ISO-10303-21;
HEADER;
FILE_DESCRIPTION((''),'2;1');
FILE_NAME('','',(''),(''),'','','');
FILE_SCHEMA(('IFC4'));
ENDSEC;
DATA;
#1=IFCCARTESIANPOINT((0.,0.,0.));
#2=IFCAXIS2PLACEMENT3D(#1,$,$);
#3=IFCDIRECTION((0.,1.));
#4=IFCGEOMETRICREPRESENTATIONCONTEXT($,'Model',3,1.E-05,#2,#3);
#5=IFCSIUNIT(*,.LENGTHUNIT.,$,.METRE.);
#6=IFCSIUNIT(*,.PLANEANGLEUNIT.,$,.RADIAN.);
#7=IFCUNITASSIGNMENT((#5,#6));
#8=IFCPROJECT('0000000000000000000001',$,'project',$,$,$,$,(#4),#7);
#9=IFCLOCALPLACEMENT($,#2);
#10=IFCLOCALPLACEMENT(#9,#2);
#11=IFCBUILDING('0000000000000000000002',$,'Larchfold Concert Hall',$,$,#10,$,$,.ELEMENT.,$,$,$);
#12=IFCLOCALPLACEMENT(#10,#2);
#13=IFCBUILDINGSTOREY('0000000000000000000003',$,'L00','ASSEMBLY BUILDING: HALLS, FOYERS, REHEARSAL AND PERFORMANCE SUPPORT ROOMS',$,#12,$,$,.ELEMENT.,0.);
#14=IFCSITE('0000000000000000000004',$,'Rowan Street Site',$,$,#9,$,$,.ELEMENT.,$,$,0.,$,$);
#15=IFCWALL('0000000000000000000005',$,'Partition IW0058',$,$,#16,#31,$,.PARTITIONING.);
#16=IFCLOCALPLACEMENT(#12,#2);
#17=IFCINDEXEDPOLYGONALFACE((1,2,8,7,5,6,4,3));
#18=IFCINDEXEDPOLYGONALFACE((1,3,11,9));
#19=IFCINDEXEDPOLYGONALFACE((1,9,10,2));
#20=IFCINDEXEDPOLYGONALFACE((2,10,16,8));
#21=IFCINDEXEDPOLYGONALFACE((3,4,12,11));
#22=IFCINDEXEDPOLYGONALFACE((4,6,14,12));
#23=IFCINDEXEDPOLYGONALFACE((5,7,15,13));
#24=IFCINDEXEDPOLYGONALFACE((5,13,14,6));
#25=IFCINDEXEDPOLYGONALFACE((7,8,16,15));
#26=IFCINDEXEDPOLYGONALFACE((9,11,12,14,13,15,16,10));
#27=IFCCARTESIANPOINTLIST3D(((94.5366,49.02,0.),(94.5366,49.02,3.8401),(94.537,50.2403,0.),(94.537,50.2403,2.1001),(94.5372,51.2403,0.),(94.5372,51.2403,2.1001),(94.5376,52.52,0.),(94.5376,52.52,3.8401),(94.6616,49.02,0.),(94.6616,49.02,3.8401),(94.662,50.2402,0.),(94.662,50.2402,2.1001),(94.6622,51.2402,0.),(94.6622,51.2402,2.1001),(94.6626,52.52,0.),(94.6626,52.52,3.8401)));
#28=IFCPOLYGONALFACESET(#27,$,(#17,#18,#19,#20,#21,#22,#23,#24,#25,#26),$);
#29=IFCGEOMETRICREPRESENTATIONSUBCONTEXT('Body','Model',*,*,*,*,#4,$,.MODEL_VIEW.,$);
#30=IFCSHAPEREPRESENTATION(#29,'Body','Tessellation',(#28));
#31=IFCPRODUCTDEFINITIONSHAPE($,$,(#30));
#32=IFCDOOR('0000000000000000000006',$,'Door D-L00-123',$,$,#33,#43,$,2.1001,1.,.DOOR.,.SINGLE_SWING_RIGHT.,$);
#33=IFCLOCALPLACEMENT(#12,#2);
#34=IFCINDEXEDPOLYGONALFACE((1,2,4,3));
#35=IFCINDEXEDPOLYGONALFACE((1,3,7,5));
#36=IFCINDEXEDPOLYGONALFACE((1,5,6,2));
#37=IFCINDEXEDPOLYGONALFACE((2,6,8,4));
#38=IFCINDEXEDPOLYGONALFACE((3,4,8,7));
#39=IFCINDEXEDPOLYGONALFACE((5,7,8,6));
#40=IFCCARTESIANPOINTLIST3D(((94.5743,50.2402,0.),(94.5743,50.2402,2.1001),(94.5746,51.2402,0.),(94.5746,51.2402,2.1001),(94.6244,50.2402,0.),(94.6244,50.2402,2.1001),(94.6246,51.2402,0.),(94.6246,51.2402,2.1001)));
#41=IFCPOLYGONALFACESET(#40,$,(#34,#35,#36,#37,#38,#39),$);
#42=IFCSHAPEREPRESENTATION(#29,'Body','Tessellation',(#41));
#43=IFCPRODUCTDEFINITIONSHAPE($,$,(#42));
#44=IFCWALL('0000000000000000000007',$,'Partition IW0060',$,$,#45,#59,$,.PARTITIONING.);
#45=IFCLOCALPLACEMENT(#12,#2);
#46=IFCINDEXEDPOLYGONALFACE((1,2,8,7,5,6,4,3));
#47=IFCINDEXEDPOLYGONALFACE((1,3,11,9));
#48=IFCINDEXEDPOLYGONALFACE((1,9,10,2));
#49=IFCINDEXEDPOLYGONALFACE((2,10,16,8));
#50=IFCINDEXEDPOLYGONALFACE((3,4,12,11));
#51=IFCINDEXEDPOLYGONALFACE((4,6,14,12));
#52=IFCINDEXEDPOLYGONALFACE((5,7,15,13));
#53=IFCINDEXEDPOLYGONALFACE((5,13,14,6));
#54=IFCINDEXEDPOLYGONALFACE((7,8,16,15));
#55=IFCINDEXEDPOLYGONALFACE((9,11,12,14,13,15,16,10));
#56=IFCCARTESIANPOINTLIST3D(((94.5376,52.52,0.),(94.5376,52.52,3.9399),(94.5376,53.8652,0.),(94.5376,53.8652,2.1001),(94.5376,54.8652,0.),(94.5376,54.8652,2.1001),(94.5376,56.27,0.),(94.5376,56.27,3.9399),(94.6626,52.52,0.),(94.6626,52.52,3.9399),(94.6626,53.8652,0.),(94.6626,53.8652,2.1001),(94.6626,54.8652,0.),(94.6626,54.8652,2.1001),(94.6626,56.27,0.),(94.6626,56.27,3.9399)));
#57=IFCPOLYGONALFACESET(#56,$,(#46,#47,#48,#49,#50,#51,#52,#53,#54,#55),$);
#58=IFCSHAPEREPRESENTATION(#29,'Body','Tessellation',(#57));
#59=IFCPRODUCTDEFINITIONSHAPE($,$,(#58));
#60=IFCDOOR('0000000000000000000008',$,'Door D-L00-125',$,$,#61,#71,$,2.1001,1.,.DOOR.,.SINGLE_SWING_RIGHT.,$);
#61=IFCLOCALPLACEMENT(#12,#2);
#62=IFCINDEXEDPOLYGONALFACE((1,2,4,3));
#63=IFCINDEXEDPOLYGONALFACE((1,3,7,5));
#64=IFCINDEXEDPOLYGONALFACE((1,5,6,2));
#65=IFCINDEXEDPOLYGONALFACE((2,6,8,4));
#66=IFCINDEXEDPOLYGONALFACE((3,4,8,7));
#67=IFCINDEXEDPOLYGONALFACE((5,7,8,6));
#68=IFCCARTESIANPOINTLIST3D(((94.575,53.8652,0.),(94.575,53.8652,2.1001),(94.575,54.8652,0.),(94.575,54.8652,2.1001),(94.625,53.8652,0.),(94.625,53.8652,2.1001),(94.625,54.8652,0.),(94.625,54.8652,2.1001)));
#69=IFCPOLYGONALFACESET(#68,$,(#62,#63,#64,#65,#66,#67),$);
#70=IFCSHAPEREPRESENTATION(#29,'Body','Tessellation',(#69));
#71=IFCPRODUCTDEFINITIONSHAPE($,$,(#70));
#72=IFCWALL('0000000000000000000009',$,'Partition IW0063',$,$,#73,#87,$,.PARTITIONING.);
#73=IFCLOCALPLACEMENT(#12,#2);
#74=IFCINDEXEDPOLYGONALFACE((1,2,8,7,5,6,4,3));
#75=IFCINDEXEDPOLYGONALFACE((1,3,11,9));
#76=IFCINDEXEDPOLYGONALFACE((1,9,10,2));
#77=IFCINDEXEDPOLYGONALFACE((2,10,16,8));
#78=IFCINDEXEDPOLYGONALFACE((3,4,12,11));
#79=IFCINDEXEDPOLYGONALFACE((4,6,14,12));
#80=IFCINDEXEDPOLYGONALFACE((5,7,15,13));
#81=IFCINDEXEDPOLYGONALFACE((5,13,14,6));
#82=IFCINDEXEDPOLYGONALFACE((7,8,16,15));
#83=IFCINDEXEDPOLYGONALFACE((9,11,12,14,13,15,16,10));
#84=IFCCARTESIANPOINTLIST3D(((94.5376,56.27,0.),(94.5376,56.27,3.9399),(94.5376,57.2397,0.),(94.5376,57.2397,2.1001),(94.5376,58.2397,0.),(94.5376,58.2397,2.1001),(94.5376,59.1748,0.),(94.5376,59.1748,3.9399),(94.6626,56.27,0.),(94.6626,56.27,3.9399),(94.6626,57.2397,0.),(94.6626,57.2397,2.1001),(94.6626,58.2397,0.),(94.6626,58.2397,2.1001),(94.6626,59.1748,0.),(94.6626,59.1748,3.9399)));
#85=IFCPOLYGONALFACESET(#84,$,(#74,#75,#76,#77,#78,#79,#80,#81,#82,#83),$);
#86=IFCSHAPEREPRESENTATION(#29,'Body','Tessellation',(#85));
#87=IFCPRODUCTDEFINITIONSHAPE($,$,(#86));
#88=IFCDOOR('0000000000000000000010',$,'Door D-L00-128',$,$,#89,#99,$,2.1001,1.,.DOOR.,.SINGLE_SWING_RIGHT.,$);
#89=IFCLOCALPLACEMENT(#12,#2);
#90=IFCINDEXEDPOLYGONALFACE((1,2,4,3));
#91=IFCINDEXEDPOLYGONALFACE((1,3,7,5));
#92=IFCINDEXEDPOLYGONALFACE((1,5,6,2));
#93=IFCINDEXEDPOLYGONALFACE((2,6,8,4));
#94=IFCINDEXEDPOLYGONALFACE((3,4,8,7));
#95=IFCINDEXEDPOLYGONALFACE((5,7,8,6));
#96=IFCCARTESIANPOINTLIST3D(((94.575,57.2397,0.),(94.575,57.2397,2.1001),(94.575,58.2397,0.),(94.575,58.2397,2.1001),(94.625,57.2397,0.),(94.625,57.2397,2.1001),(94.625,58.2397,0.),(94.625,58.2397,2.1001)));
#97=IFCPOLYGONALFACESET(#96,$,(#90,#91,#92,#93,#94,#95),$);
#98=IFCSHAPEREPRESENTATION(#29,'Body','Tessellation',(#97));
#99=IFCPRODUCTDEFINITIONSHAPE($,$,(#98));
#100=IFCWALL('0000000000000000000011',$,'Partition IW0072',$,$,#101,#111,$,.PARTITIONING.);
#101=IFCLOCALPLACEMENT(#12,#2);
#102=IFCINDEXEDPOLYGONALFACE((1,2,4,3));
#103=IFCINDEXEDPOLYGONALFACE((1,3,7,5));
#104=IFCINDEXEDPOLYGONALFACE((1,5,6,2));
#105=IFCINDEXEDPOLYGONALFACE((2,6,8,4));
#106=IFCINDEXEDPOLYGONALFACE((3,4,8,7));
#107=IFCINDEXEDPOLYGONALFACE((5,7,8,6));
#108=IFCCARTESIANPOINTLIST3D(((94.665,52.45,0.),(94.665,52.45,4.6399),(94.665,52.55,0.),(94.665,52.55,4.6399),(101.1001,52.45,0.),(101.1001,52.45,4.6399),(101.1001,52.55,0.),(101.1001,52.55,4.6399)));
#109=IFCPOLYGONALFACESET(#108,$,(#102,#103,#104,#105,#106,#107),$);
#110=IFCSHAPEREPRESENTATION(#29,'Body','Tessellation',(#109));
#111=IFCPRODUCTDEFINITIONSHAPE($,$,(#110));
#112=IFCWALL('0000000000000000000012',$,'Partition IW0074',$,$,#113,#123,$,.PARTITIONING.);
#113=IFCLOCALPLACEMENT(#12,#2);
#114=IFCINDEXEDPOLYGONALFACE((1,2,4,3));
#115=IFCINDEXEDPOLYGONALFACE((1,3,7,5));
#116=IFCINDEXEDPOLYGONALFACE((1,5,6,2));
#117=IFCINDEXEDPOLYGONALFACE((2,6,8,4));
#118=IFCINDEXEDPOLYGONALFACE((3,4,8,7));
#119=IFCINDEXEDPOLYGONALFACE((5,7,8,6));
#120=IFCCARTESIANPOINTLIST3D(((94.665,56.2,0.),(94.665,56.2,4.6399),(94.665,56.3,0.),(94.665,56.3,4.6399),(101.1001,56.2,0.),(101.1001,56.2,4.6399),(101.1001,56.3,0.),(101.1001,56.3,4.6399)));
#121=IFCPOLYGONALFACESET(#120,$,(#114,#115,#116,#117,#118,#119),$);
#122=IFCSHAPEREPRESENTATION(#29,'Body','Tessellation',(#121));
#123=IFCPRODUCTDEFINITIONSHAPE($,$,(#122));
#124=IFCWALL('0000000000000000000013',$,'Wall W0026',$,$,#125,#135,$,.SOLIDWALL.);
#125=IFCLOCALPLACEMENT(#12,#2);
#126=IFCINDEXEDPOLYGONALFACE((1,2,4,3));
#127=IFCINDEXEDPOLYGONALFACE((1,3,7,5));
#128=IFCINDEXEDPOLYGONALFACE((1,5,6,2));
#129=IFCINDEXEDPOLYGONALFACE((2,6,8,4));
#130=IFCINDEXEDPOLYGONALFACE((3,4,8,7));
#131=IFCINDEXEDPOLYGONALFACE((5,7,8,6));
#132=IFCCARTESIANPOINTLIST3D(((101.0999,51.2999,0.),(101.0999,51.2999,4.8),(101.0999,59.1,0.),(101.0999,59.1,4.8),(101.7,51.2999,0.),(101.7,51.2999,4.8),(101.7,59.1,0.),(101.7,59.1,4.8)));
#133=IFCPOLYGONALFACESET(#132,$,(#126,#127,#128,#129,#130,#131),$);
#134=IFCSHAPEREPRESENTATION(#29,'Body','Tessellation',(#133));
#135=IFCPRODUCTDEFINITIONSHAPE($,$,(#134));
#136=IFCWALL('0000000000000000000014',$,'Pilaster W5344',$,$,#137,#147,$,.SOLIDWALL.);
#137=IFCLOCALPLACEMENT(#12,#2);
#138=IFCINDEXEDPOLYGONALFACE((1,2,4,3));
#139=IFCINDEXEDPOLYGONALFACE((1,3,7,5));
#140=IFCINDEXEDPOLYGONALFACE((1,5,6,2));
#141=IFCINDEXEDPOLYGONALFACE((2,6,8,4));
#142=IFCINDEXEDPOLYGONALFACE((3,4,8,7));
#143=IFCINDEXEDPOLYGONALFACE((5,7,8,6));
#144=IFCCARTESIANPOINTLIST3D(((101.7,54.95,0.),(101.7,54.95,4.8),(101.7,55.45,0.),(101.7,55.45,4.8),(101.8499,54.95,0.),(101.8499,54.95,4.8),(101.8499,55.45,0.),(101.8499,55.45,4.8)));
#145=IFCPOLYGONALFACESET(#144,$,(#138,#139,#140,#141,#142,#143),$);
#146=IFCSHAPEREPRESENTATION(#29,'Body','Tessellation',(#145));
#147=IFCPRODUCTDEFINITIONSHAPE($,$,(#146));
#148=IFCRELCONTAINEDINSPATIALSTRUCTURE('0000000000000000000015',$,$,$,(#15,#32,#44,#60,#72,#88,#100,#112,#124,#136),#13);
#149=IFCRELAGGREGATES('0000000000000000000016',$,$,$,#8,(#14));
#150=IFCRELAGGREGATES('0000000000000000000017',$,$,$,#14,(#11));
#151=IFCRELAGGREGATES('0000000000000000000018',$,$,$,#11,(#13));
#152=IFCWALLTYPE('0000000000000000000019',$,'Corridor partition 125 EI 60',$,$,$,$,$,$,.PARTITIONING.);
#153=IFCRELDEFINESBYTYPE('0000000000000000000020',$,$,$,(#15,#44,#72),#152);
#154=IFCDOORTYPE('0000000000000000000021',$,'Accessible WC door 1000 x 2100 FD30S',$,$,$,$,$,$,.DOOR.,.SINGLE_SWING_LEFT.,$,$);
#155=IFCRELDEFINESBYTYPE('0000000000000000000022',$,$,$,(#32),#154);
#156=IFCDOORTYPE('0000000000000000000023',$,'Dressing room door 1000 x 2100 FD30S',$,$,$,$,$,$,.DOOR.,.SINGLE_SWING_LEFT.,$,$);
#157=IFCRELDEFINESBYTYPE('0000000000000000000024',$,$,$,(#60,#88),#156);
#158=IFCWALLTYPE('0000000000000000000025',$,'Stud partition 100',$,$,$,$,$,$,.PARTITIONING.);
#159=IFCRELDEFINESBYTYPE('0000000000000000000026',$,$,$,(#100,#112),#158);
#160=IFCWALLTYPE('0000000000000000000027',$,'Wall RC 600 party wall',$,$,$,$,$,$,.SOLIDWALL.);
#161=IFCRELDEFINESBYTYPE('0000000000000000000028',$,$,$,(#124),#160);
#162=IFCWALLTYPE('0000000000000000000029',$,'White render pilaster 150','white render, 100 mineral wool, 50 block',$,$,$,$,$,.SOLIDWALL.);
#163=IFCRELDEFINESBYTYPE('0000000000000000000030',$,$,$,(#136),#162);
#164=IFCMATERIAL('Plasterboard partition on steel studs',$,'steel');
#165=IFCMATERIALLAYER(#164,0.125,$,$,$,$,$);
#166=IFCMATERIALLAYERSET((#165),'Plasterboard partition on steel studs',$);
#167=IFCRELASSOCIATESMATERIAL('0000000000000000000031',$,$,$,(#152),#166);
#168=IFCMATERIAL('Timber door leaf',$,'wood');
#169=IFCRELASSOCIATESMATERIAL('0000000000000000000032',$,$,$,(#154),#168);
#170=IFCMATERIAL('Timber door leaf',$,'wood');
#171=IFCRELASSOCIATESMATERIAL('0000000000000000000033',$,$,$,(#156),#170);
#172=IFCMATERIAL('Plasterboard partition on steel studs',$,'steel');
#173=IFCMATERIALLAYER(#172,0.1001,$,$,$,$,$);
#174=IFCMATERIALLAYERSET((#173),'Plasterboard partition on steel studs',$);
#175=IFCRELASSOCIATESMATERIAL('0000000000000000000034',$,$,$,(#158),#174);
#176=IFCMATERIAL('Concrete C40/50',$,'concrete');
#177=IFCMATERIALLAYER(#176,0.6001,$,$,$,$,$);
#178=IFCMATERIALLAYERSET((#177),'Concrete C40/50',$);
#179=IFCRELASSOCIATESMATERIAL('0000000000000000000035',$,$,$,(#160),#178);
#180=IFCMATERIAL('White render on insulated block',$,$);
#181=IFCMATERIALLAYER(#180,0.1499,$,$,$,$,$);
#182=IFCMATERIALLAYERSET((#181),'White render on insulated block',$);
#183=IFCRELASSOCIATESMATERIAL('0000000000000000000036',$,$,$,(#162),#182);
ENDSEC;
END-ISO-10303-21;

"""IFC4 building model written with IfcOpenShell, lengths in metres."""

from ifc_helpers import new_model, si_unit, direction, frame, frame_2d, origin, place, context, subcontext, project, spatial, rectangle, extrude, material, layer, layer_set, type_object, element, fill, save


model = new_model("IFC4")

# Units and contexts
model_context = context("Model", 3, precision=1e-05, world=origin(), true_north=direction((0.0, 1.0)))
body_context = subcontext(model_context, "Body", "Model", "MODEL_VIEW")
ifc_project = project(units=[si_unit("LENGTHUNIT", "METRE"), si_unit("PLANEANGLEUNIT", "RADIAN")], contexts=[model_context])

# Site, building, storey
site_placement = place(None, origin())
site = spatial("IfcSite", under=ifc_project, at=site_placement, Name="Rowan Street Site", CompositionType="ELEMENT", RefElevation=0.0)
building_placement = place(site_placement, origin())
building = spatial("IfcBuilding", under=site, at=building_placement, Name="Larchfold Concert Hall", CompositionType="ELEMENT")
storey_placement = place(building_placement, origin())
storey = spatial("IfcBuildingStorey", under=building, at=storey_placement, Name="L00", Description="ASSEMBLY BUILDING: HALLS, FOYERS, REHEARSAL AND PERFORMANCE SUPPORT ROOMS", CompositionType="ELEMENT", Elevation=0.0)

# Walls, openings, doors
ifc_material_1 = material(Name="Plasterboard partition on steel studs", Category="steel")
ifc_layer_1 = layer(ifc_material_1, 0.125)
ifc_layer_set_1 = layer_set([ifc_layer_1], Name="Plasterboard partition on steel studs")
wall_type_1 = type_object("IfcWallType", Name="Corridor partition 125 EI 60", PredefinedType="PARTITIONING", material=ifc_layer_set_1)
wall_1_placement = place(storey_placement, frame((94.6001, 52.52, 0.0), z_axis=(0.0, 0.0, 1.0), x_axis=(-0.000279, -1.0, 0.0)))
wall_1 = element("IfcWall", 1, at=wall_1_placement, inside=storey, type_object=wall_type_1, Name="Partition IW0058", PredefinedType="PARTITIONING", context=body_context, shape_type="SweptSolid", body=[
    extrude(rectangle(XDim=3.5, YDim=0.125, at=frame_2d((1.75, 0.0))), origin(), (0.0, 0.0, 1.0), 3.8401),
])
opening_1_placement = place(wall_1_placement, frame((1.2798, 0.0, 0.0)))
opening_1 = element("IfcOpeningElement", 2, at=opening_1_placement, cuts=wall_1, PredefinedType="OPENING", context=body_context, shape_type="SweptSolid", body=[
    extrude(rectangle(XDim=1.0, YDim=2.1001, at=frame_2d((0.5, 1.05))), frame((0.0, 0.0725, 0.0), z_axis=(0.0, -1.0, 0.0), x_axis=(1.0, 0.0, 0.0)), (0.0, 0.0, 1.0), 0.145),
])
ifc_material_2 = material(Name="Timber door leaf", Category="wood")
door_type_1 = type_object("IfcDoorType", Name="Accessible WC door 1000 x 2100 FD30S", OperationType="SINGLE_SWING_LEFT", PredefinedType="DOOR", material=ifc_material_2)
door_1_placement = place(opening_1_placement, origin())
door_1 = element("IfcDoor", 3, at=door_1_placement, inside=storey, type_object=door_type_1, Name="Door D-L00-123", OperationType="SINGLE_SWING_RIGHT", OverallHeight=2.1001, OverallWidth=1.0, PredefinedType="DOOR", context=body_context, shape_type="SweptSolid", body=[
    extrude(rectangle(XDim=1.0, YDim=2.1001, at=frame_2d((0.5, 1.05))), frame((0.0, 0.0249, 0.0), z_axis=(0.0, -1.0, 0.0), x_axis=(1.0, 0.0, 0.0)), (0.0, 0.0, 1.0), 0.05),
])
fill(opening_1, door_1)
wall_2_placement = place(storey_placement, frame((94.6001, 56.27, 0.0), z_axis=(0.0, 0.0, 1.0), x_axis=(0.0, -1.0, 0.0)))
wall_2 = element("IfcWall", 4, at=wall_2_placement, inside=storey, type_object=wall_type_1, Name="Partition IW0060", PredefinedType="PARTITIONING", context=body_context, shape_type="SweptSolid", body=[
    extrude(rectangle(XDim=3.75, YDim=0.125, at=frame_2d((1.875, 0.0))), origin(), (0.0, 0.0, 1.0), 3.9399),
])
opening_2_placement = place(wall_2_placement, frame((1.4048, 0.0, 0.0)))
opening_2 = element("IfcOpeningElement", 5, at=opening_2_placement, cuts=wall_2, PredefinedType="OPENING", context=body_context, shape_type="SweptSolid", body=[
    extrude(rectangle(XDim=1.0, YDim=2.1001, at=frame_2d((0.5, 1.05))), frame((0.0, 0.0725, 0.0), z_axis=(0.0, -1.0, 0.0), x_axis=(1.0, 0.0, 0.0)), (0.0, 0.0, 1.0), 0.145),
])
ifc_material_3 = material(Name="Timber door leaf", Category="wood")
door_type_2 = type_object("IfcDoorType", Name="Dressing room door 1000 x 2100 FD30S", OperationType="SINGLE_SWING_LEFT", PredefinedType="DOOR", material=ifc_material_3)
door_2_placement = place(opening_2_placement, origin())
door_2 = element("IfcDoor", 6, at=door_2_placement, inside=storey, type_object=door_type_2, Name="Door D-L00-125", OperationType="SINGLE_SWING_RIGHT", OverallHeight=2.1001, OverallWidth=1.0, PredefinedType="DOOR", context=body_context, shape_type="SweptSolid", body=[
    extrude(rectangle(XDim=1.0, YDim=2.1001, at=frame_2d((0.5, 1.05))), frame((0.0, 0.0249, 0.0), z_axis=(0.0, -1.0, 0.0), x_axis=(1.0, 0.0, 0.0)), (0.0, 0.0, 1.0), 0.05),
])
fill(opening_2, door_2)
wall_3_placement = place(storey_placement, frame((94.6001, 59.1748, 0.0), z_axis=(0.0, 0.0, 1.0), x_axis=(0.0, -1.0, 0.0)))
wall_3 = element("IfcWall", 7, at=wall_3_placement, inside=storey, type_object=wall_type_1, Name="Partition IW0063", PredefinedType="PARTITIONING", context=body_context, shape_type="SweptSolid", body=[
    extrude(rectangle(XDim=2.9048, YDim=0.125, at=frame_2d((1.4524, 0.0))), origin(), (0.0, 0.0, 1.0), 3.9399),
])
opening_3_placement = place(wall_3_placement, frame((0.9351, 0.0, 0.0)))
opening_3 = element("IfcOpeningElement", 8, at=opening_3_placement, cuts=wall_3, PredefinedType="OPENING", context=body_context, shape_type="SweptSolid", body=[
    extrude(rectangle(XDim=1.0, YDim=2.1001, at=frame_2d((0.5, 1.05))), frame((0.0, 0.0725, 0.0), z_axis=(0.0, -1.0, 0.0), x_axis=(1.0, 0.0, 0.0)), (0.0, 0.0, 1.0), 0.145),
])
door_3_placement = place(opening_3_placement, origin())
door_3 = element("IfcDoor", 9, at=door_3_placement, inside=storey, type_object=door_type_2, Name="Door D-L00-128", OperationType="SINGLE_SWING_RIGHT", OverallHeight=2.1001, OverallWidth=1.0, PredefinedType="DOOR", context=body_context, shape_type="SweptSolid", body=[
    extrude(rectangle(XDim=1.0, YDim=2.1001, at=frame_2d((0.5, 1.05))), frame((0.0, 0.0249, 0.0), z_axis=(0.0, -1.0, 0.0), x_axis=(1.0, 0.0, 0.0)), (0.0, 0.0, 1.0), 0.05),
])
fill(opening_3, door_3)

# Walls
ifc_material_4 = material(Name="Plasterboard partition on steel studs", Category="steel")
ifc_layer_2 = layer(ifc_material_4, 0.1001)
ifc_layer_set_2 = layer_set([ifc_layer_2], Name="Plasterboard partition on steel studs")
wall_type_2 = type_object("IfcWallType", Name="Stud partition 100", PredefinedType="PARTITIONING", material=ifc_layer_set_2)
for number, where, z_axis, x_axis, name in (
    (10, (94.665, 52.5, 0.0), (0.0, 0.0, 1.0), (1.0, 0.0, 0.0), "Partition IW0072"),
    (11, (94.665, 56.25, 0.0), (0.0, 0.0, 1.0), (1.0, 0.0, 0.0), "Partition IW0074"),
):
    element("IfcWall", number, at=place(storey_placement, frame(where, z_axis=z_axis, x_axis=x_axis)), inside=storey, type_object=wall_type_2, Name=name, PredefinedType="PARTITIONING", context=body_context, shape_type="SweptSolid", body=[
        extrude(rectangle(XDim=6.4351, YDim=0.1001, at=frame_2d((3.2175, 0.0))), origin(), (0.0, 0.0, 1.0), 4.6399),
    ])
ifc_material_5 = material(Name="Concrete C40/50", Category="concrete")
ifc_layer_3 = layer(ifc_material_5, 0.6001)
ifc_layer_set_3 = layer_set([ifc_layer_3], Name="Concrete C40/50")
wall_type_3 = type_object("IfcWallType", Name="Wall RC 600 party wall", PredefinedType="SOLIDWALL", material=ifc_layer_set_3)
wall_4_placement = place(storey_placement, frame((101.3999, 51.3, 0.0), z_axis=(0.0, 0.0, 1.0), x_axis=(0.0, 1.0, 0.0)))
element("IfcWall", 12, at=wall_4_placement, inside=storey, type_object=wall_type_3, Name="Wall W0026", PredefinedType="SOLIDWALL", context=body_context, shape_type="SweptSolid", body=[
    extrude(rectangle(XDim=7.8, YDim=0.6001, at=frame_2d((3.8999, 0.0))), origin(), (0.0, 0.0, 1.0), 4.8),
])

# Wall
ifc_material_6 = material(Name="White render on insulated block")
ifc_layer_4 = layer(ifc_material_6, 0.1499)
ifc_layer_set_4 = layer_set([ifc_layer_4], Name="White render on insulated block")
wall_type_4 = type_object("IfcWallType", Name="White render pilaster 150", Description="white render, 100 mineral wool, 50 block", PredefinedType="SOLIDWALL", material=ifc_layer_set_4)
wall_5_placement = place(storey_placement, frame((101.7749, 54.95, 0.0), z_axis=(0.0, 0.0, 1.0), x_axis=(0.0, 1.0, 0.0)))
element("IfcWall", 13, at=wall_5_placement, inside=storey, type_object=wall_type_4, Name="Pilaster W5344", PredefinedType="SOLIDWALL", context=body_context, shape_type="SweptSolid", body=[
    extrude(rectangle(XDim=0.5, YDim=0.1499, at=frame_2d((0.25, 0.0))), origin(), (0.0, 0.0, 1.0), 4.8),
])

save(model, "model.ifc")
